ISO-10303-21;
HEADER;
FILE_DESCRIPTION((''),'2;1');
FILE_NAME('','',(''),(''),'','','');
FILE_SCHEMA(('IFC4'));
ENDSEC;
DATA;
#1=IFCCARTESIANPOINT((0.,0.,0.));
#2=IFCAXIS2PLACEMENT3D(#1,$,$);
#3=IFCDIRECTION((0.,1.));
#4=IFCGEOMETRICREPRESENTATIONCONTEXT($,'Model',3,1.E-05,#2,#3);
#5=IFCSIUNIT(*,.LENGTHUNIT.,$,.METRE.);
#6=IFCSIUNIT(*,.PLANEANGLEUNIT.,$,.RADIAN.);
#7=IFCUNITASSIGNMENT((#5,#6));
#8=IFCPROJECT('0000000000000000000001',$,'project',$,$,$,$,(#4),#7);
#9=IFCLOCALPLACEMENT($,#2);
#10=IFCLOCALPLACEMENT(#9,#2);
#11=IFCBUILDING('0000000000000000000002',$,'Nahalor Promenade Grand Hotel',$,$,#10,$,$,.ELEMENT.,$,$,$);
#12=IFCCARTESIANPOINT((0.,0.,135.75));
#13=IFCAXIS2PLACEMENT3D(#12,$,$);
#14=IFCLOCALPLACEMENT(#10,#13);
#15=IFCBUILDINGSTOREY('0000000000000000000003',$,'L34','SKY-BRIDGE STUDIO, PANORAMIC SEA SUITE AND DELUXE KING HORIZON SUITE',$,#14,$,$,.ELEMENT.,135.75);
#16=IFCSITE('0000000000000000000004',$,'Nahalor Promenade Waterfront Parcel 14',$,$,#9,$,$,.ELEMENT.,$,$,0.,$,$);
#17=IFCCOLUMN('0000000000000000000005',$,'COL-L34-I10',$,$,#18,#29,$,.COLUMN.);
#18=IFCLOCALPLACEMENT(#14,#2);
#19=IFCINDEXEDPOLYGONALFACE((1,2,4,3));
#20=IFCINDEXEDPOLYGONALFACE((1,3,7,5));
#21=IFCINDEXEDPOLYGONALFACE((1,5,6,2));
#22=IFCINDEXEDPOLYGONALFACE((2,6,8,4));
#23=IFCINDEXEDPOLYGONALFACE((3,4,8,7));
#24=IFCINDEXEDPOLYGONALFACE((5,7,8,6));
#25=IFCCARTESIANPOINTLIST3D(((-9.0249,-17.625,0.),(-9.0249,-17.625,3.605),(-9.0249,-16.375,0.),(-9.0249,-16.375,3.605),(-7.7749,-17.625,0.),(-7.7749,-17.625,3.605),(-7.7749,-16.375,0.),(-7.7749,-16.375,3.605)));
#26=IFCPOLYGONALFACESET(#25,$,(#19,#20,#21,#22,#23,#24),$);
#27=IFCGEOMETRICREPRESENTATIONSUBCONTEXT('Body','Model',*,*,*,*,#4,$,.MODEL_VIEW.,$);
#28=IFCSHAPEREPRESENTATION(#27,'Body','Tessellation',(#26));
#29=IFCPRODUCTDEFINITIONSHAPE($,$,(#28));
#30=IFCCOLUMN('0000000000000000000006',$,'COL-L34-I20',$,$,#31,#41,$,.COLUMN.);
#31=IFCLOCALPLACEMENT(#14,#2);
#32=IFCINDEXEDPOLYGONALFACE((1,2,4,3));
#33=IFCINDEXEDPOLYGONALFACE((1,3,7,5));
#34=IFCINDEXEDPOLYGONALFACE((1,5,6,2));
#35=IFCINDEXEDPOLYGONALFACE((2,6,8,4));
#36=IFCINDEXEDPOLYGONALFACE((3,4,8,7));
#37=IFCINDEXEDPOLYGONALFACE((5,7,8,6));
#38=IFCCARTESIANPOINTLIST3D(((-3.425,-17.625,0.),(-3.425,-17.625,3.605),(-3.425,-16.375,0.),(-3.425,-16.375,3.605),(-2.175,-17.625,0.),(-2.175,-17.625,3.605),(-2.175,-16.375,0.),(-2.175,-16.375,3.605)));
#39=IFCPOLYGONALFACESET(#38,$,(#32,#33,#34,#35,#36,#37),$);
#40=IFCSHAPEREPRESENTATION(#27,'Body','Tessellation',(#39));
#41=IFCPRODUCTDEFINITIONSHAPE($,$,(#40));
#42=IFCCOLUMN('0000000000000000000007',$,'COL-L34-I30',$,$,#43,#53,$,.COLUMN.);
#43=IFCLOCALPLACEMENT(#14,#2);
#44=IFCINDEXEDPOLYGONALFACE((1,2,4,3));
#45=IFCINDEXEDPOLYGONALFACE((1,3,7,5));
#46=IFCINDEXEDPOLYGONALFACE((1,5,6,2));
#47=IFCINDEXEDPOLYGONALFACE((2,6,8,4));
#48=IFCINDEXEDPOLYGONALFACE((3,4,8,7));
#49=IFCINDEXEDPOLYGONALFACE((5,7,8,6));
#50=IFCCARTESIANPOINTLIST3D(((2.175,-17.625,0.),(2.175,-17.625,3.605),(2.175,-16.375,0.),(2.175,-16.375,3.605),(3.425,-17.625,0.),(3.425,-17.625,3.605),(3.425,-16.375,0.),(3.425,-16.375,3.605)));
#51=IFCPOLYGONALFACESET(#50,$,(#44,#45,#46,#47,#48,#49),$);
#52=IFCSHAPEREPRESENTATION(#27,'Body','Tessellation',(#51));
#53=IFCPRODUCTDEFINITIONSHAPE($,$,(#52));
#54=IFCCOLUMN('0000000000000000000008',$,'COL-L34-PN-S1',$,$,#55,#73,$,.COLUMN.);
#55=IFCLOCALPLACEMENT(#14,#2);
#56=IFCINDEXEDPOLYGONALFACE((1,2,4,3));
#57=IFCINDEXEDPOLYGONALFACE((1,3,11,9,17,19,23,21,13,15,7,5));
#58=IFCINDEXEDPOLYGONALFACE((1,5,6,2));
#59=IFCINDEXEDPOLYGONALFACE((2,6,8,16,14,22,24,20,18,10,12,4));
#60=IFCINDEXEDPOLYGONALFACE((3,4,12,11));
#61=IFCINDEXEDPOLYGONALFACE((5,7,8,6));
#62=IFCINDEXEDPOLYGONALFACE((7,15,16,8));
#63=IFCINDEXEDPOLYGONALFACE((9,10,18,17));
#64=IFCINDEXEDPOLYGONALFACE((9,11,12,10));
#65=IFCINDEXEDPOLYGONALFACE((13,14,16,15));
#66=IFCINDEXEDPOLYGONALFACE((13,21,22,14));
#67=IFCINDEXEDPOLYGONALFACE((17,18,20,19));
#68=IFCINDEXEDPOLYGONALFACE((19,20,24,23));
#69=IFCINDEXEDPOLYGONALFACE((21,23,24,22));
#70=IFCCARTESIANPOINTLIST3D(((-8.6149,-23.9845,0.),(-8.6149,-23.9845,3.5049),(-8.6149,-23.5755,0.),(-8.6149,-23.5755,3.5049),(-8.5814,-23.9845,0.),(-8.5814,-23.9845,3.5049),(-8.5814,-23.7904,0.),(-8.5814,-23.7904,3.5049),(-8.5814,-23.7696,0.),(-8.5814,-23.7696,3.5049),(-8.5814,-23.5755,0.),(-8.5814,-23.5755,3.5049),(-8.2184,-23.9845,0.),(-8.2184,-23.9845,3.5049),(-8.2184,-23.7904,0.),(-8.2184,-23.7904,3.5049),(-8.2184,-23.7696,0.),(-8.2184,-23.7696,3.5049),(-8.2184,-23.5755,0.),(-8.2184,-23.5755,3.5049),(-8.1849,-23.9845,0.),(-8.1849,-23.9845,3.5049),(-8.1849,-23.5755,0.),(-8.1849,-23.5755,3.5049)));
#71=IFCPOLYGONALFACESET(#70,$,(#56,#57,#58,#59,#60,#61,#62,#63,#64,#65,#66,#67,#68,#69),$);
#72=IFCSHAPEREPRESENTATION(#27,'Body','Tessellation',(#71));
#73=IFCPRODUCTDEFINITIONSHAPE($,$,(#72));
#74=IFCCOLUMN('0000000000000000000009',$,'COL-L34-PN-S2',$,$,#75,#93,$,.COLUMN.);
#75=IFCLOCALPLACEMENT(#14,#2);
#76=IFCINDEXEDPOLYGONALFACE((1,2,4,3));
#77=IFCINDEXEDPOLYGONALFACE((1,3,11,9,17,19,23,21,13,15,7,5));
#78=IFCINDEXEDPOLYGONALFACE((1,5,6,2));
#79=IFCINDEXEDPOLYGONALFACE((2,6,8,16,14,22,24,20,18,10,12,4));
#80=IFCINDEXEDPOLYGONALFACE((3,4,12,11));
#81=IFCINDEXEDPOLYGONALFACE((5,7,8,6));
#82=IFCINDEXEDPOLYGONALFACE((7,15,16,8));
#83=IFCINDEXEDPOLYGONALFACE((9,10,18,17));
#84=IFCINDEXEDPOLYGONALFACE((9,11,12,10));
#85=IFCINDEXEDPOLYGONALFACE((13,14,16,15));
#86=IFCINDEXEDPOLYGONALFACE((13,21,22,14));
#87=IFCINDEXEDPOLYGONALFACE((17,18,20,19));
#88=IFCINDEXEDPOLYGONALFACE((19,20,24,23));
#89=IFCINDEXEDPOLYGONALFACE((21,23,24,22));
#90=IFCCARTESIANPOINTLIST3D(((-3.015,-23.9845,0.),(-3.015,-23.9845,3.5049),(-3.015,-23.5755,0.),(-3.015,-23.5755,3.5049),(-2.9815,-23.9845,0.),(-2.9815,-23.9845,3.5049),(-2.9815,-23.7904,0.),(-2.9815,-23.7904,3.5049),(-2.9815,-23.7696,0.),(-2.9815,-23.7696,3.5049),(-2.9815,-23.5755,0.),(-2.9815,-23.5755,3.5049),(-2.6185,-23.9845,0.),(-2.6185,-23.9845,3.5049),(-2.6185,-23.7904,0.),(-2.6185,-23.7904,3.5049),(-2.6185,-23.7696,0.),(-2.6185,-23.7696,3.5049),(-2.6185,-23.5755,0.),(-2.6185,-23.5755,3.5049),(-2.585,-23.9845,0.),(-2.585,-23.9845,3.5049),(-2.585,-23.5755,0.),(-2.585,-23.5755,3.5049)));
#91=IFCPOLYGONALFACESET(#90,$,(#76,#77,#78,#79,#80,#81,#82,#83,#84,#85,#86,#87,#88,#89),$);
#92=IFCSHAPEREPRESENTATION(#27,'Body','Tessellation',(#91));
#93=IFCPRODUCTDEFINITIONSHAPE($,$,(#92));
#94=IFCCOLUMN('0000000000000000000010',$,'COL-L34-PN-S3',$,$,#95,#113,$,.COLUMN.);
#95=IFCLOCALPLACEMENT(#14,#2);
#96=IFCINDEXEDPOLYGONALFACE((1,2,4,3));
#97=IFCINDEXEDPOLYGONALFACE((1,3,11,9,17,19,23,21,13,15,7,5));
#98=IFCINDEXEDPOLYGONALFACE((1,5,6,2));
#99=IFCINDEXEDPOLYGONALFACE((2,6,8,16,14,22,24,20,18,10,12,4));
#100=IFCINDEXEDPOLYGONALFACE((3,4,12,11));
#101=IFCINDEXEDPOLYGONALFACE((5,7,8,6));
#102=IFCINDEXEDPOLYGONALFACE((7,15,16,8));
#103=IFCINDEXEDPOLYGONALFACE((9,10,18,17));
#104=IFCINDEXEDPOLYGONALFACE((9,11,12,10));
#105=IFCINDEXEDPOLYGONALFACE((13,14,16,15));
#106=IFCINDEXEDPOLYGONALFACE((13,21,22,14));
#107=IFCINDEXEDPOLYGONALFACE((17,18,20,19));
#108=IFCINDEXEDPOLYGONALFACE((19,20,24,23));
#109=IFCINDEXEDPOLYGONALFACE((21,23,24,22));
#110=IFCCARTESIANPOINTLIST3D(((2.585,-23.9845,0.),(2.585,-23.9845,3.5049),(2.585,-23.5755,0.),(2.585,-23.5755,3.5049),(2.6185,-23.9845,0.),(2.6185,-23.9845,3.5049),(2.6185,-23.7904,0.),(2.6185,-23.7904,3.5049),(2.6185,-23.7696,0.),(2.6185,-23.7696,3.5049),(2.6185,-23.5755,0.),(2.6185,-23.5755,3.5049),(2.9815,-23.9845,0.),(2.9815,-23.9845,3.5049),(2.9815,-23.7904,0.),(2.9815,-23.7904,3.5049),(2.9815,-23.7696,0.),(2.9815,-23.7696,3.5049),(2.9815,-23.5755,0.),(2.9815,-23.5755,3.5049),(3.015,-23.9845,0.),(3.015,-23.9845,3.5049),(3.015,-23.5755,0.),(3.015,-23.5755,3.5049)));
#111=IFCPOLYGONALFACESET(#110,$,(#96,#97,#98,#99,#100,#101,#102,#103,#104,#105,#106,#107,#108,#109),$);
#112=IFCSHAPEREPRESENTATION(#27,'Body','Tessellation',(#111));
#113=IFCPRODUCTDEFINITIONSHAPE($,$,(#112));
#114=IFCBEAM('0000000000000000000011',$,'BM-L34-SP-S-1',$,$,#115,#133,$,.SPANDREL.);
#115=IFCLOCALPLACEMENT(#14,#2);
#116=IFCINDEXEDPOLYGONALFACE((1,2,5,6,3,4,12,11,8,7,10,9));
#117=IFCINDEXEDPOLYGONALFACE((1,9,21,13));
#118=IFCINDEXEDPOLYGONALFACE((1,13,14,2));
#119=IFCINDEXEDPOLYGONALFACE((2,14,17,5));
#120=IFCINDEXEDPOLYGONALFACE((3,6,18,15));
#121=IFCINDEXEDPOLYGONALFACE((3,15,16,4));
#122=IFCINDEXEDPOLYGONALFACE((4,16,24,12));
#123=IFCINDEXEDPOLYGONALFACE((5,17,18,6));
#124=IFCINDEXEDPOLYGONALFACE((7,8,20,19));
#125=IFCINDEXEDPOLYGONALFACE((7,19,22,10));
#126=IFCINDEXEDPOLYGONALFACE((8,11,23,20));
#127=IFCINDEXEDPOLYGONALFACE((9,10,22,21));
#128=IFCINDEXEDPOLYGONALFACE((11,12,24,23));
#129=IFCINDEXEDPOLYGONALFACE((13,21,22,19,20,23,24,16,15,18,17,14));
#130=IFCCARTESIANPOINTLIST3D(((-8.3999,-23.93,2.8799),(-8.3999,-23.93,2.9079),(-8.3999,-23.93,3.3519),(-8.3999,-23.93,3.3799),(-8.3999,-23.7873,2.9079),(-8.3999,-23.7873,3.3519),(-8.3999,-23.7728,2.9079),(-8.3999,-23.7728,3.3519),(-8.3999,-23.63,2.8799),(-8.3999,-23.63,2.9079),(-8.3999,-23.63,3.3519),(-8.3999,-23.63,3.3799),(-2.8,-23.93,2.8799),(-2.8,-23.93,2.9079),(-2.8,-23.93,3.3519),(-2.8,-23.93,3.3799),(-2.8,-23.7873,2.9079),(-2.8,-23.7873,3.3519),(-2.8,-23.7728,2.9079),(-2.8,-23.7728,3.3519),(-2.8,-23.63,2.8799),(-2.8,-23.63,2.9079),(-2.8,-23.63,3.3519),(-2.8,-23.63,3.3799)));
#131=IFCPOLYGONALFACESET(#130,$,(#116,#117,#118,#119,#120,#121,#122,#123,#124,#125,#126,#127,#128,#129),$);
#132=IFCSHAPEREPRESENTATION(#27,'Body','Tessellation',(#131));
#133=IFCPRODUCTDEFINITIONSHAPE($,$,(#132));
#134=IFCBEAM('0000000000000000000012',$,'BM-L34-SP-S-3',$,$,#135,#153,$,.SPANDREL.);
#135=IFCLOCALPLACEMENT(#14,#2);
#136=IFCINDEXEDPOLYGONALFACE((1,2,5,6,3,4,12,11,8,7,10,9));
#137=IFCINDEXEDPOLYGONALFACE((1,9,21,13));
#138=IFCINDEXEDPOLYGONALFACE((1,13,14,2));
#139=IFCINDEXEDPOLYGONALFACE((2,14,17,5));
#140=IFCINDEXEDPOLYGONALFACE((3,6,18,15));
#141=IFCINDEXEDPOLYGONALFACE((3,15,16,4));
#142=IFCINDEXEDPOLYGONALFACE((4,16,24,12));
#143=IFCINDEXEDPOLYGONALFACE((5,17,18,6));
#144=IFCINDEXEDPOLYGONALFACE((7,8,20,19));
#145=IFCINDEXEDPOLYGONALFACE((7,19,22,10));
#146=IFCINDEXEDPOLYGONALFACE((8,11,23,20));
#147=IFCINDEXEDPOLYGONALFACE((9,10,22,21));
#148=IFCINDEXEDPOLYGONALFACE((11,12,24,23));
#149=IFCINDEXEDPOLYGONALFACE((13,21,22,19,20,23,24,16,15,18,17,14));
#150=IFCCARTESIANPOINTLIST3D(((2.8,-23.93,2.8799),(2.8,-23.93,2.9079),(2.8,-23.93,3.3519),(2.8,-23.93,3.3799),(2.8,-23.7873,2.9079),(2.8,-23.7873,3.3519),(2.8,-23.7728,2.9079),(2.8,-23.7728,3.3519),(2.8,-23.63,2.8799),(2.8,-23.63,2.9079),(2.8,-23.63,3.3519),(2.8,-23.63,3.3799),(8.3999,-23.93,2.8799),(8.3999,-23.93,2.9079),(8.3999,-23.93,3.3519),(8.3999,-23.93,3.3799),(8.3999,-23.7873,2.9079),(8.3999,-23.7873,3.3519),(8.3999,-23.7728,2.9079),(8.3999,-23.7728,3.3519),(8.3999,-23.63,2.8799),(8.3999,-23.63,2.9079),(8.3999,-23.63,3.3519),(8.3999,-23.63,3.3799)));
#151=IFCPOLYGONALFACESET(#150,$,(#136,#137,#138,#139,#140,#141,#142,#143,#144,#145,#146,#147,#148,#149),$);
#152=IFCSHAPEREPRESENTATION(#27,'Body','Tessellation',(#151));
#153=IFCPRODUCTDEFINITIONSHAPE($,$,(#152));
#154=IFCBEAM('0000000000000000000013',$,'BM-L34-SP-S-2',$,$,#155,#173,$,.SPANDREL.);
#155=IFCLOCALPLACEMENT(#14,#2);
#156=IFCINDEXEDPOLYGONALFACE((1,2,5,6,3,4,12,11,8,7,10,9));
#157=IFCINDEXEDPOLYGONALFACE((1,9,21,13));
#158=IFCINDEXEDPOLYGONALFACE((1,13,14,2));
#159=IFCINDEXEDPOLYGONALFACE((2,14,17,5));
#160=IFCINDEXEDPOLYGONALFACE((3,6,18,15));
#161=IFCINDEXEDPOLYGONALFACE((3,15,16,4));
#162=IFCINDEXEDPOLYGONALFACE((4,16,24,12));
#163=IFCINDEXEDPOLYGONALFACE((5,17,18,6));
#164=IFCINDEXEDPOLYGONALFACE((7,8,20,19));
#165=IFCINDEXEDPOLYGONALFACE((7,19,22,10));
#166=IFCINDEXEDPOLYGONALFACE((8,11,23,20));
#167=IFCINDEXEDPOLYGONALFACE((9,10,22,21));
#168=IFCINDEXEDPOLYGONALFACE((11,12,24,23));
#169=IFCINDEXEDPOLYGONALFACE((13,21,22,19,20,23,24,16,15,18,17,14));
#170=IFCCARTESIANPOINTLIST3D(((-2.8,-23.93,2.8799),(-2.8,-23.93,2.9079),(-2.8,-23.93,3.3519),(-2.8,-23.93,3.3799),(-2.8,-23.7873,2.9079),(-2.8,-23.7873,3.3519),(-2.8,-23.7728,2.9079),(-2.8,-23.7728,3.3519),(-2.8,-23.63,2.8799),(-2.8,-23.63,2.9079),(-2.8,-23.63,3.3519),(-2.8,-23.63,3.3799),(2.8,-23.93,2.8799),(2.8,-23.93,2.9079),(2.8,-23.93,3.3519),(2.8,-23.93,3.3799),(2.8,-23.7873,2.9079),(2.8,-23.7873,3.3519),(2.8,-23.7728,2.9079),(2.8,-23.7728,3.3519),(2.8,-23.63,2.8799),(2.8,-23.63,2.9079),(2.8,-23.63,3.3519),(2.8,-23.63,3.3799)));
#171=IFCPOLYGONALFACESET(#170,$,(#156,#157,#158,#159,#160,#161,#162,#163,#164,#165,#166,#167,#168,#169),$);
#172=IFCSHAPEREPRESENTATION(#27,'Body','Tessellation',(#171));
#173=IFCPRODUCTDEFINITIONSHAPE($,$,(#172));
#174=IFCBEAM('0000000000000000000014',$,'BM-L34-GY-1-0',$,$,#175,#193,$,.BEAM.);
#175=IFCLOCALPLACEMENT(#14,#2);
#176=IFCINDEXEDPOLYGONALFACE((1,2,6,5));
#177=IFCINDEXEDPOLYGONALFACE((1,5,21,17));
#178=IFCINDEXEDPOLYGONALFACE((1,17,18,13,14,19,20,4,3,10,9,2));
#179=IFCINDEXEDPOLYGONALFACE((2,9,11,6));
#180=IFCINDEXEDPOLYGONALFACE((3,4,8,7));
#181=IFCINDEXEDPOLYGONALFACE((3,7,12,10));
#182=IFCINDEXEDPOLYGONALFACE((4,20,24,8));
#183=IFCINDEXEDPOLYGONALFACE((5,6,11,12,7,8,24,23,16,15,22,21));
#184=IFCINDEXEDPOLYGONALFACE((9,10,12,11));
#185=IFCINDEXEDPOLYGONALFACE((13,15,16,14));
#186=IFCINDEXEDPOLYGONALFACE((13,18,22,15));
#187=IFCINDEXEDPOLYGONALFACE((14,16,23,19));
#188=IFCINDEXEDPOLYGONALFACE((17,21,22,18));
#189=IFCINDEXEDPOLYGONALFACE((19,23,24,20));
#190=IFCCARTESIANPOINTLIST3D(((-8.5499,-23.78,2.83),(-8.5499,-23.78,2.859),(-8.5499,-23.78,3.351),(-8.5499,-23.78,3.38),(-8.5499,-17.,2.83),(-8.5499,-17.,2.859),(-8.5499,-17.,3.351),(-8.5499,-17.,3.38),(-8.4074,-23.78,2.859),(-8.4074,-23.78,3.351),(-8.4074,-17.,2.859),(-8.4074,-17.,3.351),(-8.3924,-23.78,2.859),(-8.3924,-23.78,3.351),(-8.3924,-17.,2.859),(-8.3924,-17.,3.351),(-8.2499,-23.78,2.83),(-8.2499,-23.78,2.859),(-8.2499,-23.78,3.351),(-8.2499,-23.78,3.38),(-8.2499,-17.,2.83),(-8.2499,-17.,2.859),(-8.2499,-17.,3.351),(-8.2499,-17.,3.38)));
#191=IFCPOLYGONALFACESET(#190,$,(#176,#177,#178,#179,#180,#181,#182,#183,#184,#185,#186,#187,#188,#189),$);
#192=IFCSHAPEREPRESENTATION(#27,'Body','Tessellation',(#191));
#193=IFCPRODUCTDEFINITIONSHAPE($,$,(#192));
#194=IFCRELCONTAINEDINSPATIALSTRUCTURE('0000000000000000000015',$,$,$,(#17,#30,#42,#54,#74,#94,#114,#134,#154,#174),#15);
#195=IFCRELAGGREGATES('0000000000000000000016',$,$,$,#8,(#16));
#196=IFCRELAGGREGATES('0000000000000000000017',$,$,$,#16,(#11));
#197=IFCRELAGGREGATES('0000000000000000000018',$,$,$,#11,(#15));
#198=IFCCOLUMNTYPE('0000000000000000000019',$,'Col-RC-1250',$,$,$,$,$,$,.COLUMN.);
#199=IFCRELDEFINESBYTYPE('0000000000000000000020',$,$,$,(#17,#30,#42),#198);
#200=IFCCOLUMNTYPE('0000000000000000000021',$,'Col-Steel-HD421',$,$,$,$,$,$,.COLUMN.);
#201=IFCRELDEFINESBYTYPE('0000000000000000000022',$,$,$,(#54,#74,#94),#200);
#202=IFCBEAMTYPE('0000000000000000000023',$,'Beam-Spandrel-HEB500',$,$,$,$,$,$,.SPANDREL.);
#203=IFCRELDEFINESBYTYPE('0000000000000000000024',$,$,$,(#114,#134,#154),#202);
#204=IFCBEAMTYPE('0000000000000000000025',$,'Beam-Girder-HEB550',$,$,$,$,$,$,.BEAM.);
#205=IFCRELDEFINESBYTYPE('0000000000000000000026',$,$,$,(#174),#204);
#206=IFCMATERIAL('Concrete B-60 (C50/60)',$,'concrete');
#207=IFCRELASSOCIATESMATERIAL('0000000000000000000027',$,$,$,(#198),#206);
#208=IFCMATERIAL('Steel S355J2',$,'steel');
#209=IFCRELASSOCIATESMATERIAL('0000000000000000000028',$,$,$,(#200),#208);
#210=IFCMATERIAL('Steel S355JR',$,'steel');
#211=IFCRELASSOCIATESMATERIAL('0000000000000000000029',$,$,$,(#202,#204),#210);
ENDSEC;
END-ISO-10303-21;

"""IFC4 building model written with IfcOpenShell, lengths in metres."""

from ifc_helpers import new_model, si_unit, direction, frame, origin, origin_2d, place, context, subcontext, project, spatial, rectangle, i_section, extrude, source, transform, mapped, material, material_profile, profile_set, type_object, element, save


model = new_model("IFC4")

# Units and contexts
model_context = context("Model", 3, precision=1e-05, world=origin(), true_north=direction((0.0, 1.0)))
body_context = subcontext(model_context, "Body", "Model", "MODEL_VIEW")
ifc_project = project(units=[si_unit("LENGTHUNIT", "METRE"), si_unit("PLANEANGLEUNIT", "RADIAN")], contexts=[model_context])

# Site, building, storey
site_placement = place(None, origin())
site = spatial("IfcSite", under=ifc_project, at=site_placement, Name="Nahalor Promenade Waterfront Parcel 14", CompositionType="ELEMENT", RefElevation=0.0)
building_placement = place(site_placement, origin())
building = spatial("IfcBuilding", under=site, at=building_placement, Name="Nahalor Promenade Grand Hotel", CompositionType="ELEMENT")
storey_placement = place(building_placement, frame((0.0, 0.0, 135.75)))
storey = spatial("IfcBuildingStorey", under=building, at=storey_placement, Name="L34", Description="SKY-BRIDGE STUDIO, PANORAMIC SEA SUITE AND DELUXE KING HORIZON SUITE", CompositionType="ELEMENT", Elevation=135.75)

# Columns
ifc_material_1 = material(Name="Concrete B-60 (C50/60)", Category="concrete")
ifc_material_profile_1 = material_profile(ifc_material_1, rectangle(XDim=1.25, YDim=1.25, at=origin_2d()), Name="RC 1250x1250")
ifc_profile_set_1 = profile_set([ifc_material_profile_1], Name="Concrete B-60 (C50/60)")
column_type_1 = type_object("IfcColumnType", Name="Col-RC-1250", PredefinedType="COLUMN", material=ifc_profile_set_1)
shared_shape_1 = source(origin(), body_context, "Body", "SweptSolid", [
    extrude(rectangle(XDim=1.25, YDim=1.25, at=origin_2d()), origin(), (0.0, 0.0, 1.0), 3.605),
])
for number, where, z_axis, x_axis, name in (
    (1, (-8.3999, -17.0, 0.0), (0.0, 0.0, 1.0), (1.0, 0.0, 0.0), "COL-L34-I10"),
    (2, (-2.8, -17.0, 0.0), (0.0, 0.0, 1.0), (1.0, 0.0, 0.0), "COL-L34-I20"),
    (3, (2.8, -17.0, 0.0), (0.0, 0.0, 1.0), (1.0, 0.0, 0.0), "COL-L34-I30"),
):
    element("IfcColumn", number, at=place(storey_placement, frame(where, z_axis=z_axis, x_axis=x_axis)), inside=storey, type_object=column_type_1, Name=name, PredefinedType="COLUMN", context=body_context, shape_type="MappedRepresentation", body=[
        mapped(shared_shape_1, transform((0.0, 0.0, 0.0), scale=1.0)),
    ])
ifc_material_2 = material(Name="Steel S355J2", Category="steel")
ifc_material_profile_2 = material_profile(ifc_material_2, i_section(OverallWidth=0.409, OverallDepth=0.43, WebThickness=0.0208, FlangeThickness=0.0335, at=origin_2d()), Name="HD 400x421")
ifc_profile_set_2 = profile_set([ifc_material_profile_2], Name="Steel S355J2")
column_type_2 = type_object("IfcColumnType", Name="Col-Steel-HD421", PredefinedType="COLUMN", material=ifc_profile_set_2)
shared_shape_2 = source(origin(), body_context, "Body", "SweptSolid", [
    extrude(i_section(OverallWidth=0.409, OverallDepth=0.43, WebThickness=0.0208, FlangeThickness=0.0335, at=origin_2d()), origin(), (0.0, 0.0, 1.0), 3.5049),
])
for number, where, z_axis, x_axis, name in (
    (4, (-8.3999, -23.78, 0.0), (0.0, 0.0, 1.0), (0.0, 1.0, 0.0), "COL-L34-PN-S1"),
    (5, (-2.8, -23.78, 0.0), (0.0, 0.0, 1.0), (0.0, 1.0, 0.0), "COL-L34-PN-S2"),
    (6, (2.8, -23.78, 0.0), (0.0, 0.0, 1.0), (0.0, 1.0, 0.0), "COL-L34-PN-S3"),
):
    element("IfcColumn", number, at=place(storey_placement, frame(where, z_axis=z_axis, x_axis=x_axis)), inside=storey, type_object=column_type_2, Name=name, PredefinedType="COLUMN", context=body_context, shape_type="MappedRepresentation", body=[
        mapped(shared_shape_2, transform((0.0, 0.0, 0.0), scale=1.0)),
    ])

# Beams
ifc_material_3 = material(Name="Steel S355JR", Category="steel")
ifc_material_profile_3 = material_profile(ifc_material_3, i_section(OverallWidth=0.3, OverallDepth=0.5, WebThickness=0.0145, FlangeThickness=0.028, at=origin_2d()), Name="HEB 500")
ifc_profile_set_3 = profile_set([ifc_material_profile_3], Name="Steel S355JR")
beam_type_1 = type_object("IfcBeamType", Name="Beam-Spandrel-HEB500", PredefinedType="SPANDREL", material=ifc_profile_set_3)
shared_shape_3 = source(origin(), body_context, "Body", "SweptSolid", [
    extrude(i_section(OverallWidth=0.3, OverallDepth=0.5, WebThickness=0.0145, FlangeThickness=0.028, at=origin_2d()), origin(), (0.0, 0.0, 1.0), 5.5999),
])
for number, where, z_axis, x_axis, name in (
    (7, (-8.3999, -23.78, 3.1299), (1.0, 0.0, 0.0), (0.0, 1.0, 0.0), "BM-L34-SP-S-1"),
    (8, (2.8, -23.78, 3.1299), (1.0, 0.0, 0.0), (0.0, 1.0, 0.0), "BM-L34-SP-S-3"),
):
    element("IfcBeam", number, at=place(storey_placement, frame(where, z_axis=z_axis, x_axis=x_axis)), inside=storey, type_object=beam_type_1, Name=name, PredefinedType="SPANDREL", context=body_context, shape_type="MappedRepresentation", body=[
        mapped(shared_shape_3, transform((0.0, 0.0, 0.0), scale=1.0)),
    ])
shared_shape_4 = source(origin(), body_context, "Body", "SweptSolid", [
    extrude(i_section(OverallWidth=0.3, OverallDepth=0.5, WebThickness=0.0145, FlangeThickness=0.028, at=origin_2d()), origin(), (0.0, 0.0, 1.0), 5.6001),
])
beam_1_placement = place(storey_placement, frame((-2.8, -23.78, 3.1299), z_axis=(1.0, 0.0, 0.0), x_axis=(0.0, 1.0, 0.0)))
element("IfcBeam", 9, at=beam_1_placement, inside=storey, type_object=beam_type_1, Name="BM-L34-SP-S-2", PredefinedType="SPANDREL", context=body_context, shape_type="MappedRepresentation", body=[
    mapped(shared_shape_4, transform((0.0, 0.0, 0.0), scale=1.0)),
])
ifc_material_profile_4 = material_profile(ifc_material_3, i_section(OverallWidth=0.3, OverallDepth=0.55, WebThickness=0.015, FlangeThickness=0.029, at=origin_2d()), Name="HEB 550")
ifc_profile_set_4 = profile_set([ifc_material_profile_4], Name="Steel S355JR")
beam_type_2 = type_object("IfcBeamType", Name="Beam-Girder-HEB550", PredefinedType="BEAM", material=ifc_profile_set_4)
shared_shape_5 = source(origin(), body_context, "Body", "SweptSolid", [
    extrude(i_section(OverallWidth=0.3, OverallDepth=0.55, WebThickness=0.015, FlangeThickness=0.029, at=origin_2d()), origin(), (0.0, 0.0, 1.0), 6.78),
])
for number, where, z_axis, x_axis, name in (
    (10, (-8.3999, -23.78, 3.105), (0.0, 1.0, 0.0), (-1.0, 0.0, 0.0), "BM-L34-GY-1-0"),
):
    element("IfcBeam", number, at=place(storey_placement, frame(where, z_axis=z_axis, x_axis=x_axis)), inside=storey, type_object=beam_type_2, Name=name, PredefinedType="BEAM", context=body_context, shape_type="MappedRepresentation", body=[
        mapped(shared_shape_5, transform((0.0, 0.0, 0.0), scale=1.0)),
    ])

save(model, "model.ifc")
